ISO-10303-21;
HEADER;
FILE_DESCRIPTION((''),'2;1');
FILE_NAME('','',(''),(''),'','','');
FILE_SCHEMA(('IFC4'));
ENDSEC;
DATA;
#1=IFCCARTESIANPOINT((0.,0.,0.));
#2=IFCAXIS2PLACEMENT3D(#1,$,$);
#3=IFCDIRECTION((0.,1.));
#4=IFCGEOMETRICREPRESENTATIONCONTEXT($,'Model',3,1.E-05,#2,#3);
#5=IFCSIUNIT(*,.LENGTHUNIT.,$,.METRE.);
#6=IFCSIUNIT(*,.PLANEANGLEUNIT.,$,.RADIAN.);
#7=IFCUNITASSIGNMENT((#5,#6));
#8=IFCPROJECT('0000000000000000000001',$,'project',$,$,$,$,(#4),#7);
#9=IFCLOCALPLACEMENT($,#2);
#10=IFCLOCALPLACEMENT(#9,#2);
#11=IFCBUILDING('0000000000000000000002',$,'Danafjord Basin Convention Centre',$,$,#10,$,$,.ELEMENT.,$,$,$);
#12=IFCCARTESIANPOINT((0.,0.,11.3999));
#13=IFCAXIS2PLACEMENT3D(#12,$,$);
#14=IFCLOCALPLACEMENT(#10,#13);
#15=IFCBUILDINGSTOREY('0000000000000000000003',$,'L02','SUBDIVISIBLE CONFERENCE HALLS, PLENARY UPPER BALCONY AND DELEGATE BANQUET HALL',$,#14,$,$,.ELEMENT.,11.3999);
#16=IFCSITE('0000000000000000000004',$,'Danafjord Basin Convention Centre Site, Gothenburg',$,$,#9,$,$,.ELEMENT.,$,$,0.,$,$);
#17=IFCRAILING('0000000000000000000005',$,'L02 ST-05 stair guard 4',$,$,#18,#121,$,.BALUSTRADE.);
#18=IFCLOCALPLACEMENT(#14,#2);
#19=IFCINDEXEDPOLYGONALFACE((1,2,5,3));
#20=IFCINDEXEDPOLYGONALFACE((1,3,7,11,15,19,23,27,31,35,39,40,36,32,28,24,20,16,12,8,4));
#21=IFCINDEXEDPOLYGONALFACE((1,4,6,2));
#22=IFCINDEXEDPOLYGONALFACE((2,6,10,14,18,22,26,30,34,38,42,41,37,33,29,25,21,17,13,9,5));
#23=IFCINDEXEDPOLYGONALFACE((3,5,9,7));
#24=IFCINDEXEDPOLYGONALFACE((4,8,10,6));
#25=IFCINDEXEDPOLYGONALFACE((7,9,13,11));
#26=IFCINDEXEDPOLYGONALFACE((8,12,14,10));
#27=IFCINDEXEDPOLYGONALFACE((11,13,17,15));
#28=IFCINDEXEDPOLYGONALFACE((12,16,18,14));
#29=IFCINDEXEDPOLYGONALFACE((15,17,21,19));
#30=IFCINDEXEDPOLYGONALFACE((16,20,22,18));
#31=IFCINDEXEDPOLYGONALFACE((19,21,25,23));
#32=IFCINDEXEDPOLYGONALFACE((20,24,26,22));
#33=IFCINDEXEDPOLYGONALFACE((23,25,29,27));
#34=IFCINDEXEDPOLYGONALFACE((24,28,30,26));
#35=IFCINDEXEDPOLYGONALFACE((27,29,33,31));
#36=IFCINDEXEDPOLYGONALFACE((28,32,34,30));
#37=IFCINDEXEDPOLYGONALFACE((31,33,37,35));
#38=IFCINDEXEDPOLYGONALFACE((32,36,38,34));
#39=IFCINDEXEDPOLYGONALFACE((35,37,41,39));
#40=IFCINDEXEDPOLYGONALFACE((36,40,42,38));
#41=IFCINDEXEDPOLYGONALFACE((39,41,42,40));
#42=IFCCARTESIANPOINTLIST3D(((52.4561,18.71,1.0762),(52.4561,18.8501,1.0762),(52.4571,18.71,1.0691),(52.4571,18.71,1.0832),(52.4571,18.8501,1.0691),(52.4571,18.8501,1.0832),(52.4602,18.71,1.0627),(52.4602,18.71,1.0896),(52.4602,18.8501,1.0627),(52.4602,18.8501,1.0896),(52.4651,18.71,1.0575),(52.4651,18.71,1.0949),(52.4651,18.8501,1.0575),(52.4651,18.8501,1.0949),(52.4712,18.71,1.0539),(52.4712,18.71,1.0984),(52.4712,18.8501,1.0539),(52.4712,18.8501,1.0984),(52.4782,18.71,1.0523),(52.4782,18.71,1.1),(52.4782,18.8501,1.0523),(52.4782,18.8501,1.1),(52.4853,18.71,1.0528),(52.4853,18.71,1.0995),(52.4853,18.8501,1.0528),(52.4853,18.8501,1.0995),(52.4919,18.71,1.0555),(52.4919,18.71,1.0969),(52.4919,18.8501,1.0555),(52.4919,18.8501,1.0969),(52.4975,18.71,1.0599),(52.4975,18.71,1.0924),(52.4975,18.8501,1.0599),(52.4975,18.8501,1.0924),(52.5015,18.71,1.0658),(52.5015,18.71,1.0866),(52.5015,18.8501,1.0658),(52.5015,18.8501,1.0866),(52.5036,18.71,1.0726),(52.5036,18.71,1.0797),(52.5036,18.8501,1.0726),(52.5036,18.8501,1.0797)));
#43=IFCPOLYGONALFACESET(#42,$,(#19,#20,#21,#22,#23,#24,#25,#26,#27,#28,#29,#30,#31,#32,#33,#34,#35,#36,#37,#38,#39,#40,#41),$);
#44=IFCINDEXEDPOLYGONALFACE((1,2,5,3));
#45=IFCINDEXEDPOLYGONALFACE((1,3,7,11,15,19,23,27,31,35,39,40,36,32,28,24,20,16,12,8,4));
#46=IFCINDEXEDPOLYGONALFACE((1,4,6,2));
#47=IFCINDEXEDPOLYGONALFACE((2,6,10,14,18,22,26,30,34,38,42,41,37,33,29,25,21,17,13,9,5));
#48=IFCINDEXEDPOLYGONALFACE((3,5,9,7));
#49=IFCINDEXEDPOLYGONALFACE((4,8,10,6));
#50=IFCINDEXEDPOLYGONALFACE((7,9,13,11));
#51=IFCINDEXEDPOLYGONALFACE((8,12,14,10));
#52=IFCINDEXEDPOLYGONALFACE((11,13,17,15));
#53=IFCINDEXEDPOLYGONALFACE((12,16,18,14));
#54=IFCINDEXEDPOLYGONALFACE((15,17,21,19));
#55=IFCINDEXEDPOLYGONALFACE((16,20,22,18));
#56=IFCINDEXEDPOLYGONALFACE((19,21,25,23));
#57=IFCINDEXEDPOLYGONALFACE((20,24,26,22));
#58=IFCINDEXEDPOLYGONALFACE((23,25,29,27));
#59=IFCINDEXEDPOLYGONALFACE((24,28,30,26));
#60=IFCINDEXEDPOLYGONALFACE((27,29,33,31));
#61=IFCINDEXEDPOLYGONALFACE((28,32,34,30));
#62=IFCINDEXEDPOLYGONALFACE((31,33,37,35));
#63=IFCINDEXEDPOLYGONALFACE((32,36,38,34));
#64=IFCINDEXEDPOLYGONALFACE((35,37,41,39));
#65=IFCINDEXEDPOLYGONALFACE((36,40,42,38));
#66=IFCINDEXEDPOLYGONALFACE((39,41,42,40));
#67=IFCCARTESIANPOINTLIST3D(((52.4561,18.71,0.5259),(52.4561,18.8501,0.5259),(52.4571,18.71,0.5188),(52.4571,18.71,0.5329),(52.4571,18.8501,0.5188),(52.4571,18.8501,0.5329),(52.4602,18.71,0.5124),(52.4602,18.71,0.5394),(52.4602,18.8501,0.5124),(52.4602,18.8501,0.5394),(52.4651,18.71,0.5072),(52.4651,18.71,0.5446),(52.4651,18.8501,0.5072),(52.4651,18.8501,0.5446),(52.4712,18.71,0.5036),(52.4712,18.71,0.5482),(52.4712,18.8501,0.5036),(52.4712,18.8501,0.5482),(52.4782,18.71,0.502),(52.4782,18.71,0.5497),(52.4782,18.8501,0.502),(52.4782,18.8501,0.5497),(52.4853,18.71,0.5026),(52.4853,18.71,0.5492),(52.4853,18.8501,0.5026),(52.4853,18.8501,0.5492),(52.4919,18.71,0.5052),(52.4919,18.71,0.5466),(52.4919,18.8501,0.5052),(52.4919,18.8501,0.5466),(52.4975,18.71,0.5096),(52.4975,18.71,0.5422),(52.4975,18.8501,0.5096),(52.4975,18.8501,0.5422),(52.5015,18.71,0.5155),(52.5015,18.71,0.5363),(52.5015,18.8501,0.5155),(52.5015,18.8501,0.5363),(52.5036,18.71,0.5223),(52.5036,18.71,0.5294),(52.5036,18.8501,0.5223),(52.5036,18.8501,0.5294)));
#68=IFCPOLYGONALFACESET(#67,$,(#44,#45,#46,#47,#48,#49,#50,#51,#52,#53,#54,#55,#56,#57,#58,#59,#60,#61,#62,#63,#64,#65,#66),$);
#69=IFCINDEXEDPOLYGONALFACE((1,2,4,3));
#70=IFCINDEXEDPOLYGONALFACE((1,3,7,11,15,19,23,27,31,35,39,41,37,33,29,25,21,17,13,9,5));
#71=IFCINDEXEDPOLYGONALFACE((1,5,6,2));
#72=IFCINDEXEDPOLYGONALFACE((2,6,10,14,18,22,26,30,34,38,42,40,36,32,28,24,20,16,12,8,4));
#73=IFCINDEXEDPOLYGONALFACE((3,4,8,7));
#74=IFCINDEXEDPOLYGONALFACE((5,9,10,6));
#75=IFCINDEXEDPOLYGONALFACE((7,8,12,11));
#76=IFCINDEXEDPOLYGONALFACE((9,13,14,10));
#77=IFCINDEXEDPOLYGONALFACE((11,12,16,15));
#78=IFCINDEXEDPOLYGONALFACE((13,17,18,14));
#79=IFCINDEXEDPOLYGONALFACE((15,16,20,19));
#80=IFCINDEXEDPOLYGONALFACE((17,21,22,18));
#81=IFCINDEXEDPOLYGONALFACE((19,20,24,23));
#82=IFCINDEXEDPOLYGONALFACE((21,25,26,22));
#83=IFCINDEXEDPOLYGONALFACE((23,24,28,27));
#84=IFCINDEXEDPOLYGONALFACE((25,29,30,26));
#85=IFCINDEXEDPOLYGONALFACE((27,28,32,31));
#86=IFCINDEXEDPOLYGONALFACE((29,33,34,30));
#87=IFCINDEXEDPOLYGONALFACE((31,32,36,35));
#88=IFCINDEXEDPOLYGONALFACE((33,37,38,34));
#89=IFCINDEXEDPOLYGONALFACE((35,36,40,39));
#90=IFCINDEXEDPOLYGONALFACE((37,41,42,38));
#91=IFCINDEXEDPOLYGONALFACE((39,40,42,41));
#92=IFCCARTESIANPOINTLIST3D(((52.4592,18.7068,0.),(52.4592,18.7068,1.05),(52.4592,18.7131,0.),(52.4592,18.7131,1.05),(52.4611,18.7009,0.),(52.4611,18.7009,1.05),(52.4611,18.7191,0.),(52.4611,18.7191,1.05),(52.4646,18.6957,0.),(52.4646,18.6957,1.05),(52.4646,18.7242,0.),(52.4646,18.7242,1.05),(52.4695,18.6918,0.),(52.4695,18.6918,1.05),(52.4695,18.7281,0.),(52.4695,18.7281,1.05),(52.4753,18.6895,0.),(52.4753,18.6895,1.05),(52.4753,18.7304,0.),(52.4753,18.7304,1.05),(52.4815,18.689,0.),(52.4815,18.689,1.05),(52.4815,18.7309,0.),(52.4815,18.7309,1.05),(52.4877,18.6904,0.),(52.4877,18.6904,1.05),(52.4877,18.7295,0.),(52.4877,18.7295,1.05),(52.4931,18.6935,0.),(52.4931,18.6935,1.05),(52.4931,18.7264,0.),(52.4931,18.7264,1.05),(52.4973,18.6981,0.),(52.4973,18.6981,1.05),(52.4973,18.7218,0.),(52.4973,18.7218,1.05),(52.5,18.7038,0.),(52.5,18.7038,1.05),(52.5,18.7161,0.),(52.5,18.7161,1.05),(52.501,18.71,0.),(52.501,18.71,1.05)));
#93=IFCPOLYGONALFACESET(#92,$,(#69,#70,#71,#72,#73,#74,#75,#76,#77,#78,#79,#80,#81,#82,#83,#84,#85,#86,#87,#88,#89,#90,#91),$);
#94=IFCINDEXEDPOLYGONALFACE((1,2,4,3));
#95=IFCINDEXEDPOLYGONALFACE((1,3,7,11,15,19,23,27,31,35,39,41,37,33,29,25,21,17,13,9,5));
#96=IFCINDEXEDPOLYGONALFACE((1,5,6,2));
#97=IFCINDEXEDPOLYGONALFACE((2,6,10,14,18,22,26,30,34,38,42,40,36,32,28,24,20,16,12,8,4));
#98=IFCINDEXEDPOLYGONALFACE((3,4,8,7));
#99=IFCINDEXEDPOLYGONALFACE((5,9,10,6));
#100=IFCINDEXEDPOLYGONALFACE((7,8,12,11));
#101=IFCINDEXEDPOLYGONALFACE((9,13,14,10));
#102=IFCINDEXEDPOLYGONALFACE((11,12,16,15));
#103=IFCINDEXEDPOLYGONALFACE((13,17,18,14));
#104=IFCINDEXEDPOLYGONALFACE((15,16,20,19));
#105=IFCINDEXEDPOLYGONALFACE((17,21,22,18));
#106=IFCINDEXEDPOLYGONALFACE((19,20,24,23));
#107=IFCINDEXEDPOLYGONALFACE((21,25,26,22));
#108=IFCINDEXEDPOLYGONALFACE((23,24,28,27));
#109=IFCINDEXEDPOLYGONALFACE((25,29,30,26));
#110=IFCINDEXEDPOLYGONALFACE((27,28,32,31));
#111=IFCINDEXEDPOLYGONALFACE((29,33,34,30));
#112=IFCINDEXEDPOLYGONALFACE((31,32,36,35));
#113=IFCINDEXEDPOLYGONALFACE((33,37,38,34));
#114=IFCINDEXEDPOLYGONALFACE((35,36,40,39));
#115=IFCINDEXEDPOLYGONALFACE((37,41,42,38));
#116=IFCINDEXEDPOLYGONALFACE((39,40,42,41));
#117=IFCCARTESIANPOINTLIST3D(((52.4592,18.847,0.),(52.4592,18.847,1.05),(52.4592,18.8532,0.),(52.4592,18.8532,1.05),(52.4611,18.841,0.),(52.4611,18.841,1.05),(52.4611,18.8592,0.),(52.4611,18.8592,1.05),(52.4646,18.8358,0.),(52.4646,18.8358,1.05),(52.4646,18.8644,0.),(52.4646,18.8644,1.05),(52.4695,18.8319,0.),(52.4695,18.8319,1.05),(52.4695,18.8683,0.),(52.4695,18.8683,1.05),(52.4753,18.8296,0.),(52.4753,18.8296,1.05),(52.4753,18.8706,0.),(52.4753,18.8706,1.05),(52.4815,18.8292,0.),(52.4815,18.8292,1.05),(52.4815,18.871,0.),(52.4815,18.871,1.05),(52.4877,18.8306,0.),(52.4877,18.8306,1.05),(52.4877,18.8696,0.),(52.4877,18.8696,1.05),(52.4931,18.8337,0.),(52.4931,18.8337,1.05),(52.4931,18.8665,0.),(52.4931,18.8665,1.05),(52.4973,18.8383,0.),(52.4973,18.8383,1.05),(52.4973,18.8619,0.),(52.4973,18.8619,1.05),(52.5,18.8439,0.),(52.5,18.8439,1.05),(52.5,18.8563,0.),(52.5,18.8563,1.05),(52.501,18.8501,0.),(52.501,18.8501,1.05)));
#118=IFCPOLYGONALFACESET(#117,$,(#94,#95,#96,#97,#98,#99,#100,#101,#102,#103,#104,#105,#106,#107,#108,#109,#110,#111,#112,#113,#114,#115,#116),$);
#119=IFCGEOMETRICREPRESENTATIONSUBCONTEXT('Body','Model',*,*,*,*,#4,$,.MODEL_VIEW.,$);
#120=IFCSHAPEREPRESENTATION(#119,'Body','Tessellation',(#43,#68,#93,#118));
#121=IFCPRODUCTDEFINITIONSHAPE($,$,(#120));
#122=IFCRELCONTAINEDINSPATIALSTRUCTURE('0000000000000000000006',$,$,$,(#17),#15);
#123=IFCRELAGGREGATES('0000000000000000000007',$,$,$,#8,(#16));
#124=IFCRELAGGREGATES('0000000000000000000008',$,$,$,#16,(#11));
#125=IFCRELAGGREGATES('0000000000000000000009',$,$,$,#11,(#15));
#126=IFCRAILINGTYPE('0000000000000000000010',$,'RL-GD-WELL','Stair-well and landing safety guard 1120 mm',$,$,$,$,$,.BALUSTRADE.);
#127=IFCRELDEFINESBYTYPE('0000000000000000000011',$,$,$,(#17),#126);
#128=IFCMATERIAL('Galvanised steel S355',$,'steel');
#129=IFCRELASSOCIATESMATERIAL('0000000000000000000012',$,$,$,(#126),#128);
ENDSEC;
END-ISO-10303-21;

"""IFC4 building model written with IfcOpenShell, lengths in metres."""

from ifc_helpers import new_model, si_unit, direction, frame, origin, origin_2d, place, context, subcontext, project, spatial, circle, extrude, material, type_object, element, save


model = new_model("IFC4")

# Units and contexts
model_context = context("Model", 3, precision=1e-05, world=origin(), true_north=direction((0.0, 1.0)))
body_context = subcontext(model_context, "Body", "Model", "MODEL_VIEW")
ifc_project = project(units=[si_unit("LENGTHUNIT", "METRE"), si_unit("PLANEANGLEUNIT", "RADIAN")], contexts=[model_context])

# Site, building, storey
site_placement = place(None, origin())
site = spatial("IfcSite", under=ifc_project, at=site_placement, Name="Danafjord Basin Convention Centre Site, Gothenburg", CompositionType="ELEMENT", RefElevation=0.0)
building_placement = place(site_placement, origin())
building = spatial("IfcBuilding", under=site, at=building_placement, Name="Danafjord Basin Convention Centre", CompositionType="ELEMENT")
storey_placement = place(building_placement, frame((0.0, 0.0, 11.3999)))
storey = spatial("IfcBuildingStorey", under=building, at=storey_placement, Name="L02", Description="SUBDIVISIBLE CONFERENCE HALLS, PLENARY UPPER BALCONY AND DELEGATE BANQUET HALL", CompositionType="ELEMENT", Elevation=11.3999)

# Railing
ifc_material_1 = material(Name="Galvanised steel S355", Category="steel")
railing_type_1 = type_object("IfcRailingType", Name="RL-GD-WELL", Description="Stair-well and landing safety guard 1120 mm", PredefinedType="BALUSTRADE", material=ifc_material_1)
railing_1_placement = place(storey_placement, frame((52.48, 18.71, 0.0)))
element("IfcRailing", 1, at=railing_1_placement, inside=storey, type_object=railing_type_1, Name="L02 ST-05 stair guard 4", PredefinedType="BALUSTRADE", context=body_context, shape_type="SweptSolid", body=[
    extrude(circle(Radius=0.0239, at=origin_2d()), frame((0.0, 0.0, 1.0762), z_axis=(0.0, 1.0, 0.0), x_axis=(-1.0, 0.0, 0.0)), (0.0, 0.0, 1.0), 0.1401),
    extrude(circle(Radius=0.0239, at=origin_2d()), frame((0.0, 0.0, 0.5259), z_axis=(0.0, 1.0, 0.0), x_axis=(-1.0, 0.0, 0.0)), (0.0, 0.0, 1.0), 0.1401),
    extrude(circle(Radius=0.021, at=origin_2d()), origin(), (0.0, 0.0, 1.0), 1.05),
    extrude(circle(Radius=0.021, at=origin_2d()), frame((0.0, 0.1401, 0.0)), (0.0, 0.0, 1.0), 1.05),
])

save(model, "model.ifc")
